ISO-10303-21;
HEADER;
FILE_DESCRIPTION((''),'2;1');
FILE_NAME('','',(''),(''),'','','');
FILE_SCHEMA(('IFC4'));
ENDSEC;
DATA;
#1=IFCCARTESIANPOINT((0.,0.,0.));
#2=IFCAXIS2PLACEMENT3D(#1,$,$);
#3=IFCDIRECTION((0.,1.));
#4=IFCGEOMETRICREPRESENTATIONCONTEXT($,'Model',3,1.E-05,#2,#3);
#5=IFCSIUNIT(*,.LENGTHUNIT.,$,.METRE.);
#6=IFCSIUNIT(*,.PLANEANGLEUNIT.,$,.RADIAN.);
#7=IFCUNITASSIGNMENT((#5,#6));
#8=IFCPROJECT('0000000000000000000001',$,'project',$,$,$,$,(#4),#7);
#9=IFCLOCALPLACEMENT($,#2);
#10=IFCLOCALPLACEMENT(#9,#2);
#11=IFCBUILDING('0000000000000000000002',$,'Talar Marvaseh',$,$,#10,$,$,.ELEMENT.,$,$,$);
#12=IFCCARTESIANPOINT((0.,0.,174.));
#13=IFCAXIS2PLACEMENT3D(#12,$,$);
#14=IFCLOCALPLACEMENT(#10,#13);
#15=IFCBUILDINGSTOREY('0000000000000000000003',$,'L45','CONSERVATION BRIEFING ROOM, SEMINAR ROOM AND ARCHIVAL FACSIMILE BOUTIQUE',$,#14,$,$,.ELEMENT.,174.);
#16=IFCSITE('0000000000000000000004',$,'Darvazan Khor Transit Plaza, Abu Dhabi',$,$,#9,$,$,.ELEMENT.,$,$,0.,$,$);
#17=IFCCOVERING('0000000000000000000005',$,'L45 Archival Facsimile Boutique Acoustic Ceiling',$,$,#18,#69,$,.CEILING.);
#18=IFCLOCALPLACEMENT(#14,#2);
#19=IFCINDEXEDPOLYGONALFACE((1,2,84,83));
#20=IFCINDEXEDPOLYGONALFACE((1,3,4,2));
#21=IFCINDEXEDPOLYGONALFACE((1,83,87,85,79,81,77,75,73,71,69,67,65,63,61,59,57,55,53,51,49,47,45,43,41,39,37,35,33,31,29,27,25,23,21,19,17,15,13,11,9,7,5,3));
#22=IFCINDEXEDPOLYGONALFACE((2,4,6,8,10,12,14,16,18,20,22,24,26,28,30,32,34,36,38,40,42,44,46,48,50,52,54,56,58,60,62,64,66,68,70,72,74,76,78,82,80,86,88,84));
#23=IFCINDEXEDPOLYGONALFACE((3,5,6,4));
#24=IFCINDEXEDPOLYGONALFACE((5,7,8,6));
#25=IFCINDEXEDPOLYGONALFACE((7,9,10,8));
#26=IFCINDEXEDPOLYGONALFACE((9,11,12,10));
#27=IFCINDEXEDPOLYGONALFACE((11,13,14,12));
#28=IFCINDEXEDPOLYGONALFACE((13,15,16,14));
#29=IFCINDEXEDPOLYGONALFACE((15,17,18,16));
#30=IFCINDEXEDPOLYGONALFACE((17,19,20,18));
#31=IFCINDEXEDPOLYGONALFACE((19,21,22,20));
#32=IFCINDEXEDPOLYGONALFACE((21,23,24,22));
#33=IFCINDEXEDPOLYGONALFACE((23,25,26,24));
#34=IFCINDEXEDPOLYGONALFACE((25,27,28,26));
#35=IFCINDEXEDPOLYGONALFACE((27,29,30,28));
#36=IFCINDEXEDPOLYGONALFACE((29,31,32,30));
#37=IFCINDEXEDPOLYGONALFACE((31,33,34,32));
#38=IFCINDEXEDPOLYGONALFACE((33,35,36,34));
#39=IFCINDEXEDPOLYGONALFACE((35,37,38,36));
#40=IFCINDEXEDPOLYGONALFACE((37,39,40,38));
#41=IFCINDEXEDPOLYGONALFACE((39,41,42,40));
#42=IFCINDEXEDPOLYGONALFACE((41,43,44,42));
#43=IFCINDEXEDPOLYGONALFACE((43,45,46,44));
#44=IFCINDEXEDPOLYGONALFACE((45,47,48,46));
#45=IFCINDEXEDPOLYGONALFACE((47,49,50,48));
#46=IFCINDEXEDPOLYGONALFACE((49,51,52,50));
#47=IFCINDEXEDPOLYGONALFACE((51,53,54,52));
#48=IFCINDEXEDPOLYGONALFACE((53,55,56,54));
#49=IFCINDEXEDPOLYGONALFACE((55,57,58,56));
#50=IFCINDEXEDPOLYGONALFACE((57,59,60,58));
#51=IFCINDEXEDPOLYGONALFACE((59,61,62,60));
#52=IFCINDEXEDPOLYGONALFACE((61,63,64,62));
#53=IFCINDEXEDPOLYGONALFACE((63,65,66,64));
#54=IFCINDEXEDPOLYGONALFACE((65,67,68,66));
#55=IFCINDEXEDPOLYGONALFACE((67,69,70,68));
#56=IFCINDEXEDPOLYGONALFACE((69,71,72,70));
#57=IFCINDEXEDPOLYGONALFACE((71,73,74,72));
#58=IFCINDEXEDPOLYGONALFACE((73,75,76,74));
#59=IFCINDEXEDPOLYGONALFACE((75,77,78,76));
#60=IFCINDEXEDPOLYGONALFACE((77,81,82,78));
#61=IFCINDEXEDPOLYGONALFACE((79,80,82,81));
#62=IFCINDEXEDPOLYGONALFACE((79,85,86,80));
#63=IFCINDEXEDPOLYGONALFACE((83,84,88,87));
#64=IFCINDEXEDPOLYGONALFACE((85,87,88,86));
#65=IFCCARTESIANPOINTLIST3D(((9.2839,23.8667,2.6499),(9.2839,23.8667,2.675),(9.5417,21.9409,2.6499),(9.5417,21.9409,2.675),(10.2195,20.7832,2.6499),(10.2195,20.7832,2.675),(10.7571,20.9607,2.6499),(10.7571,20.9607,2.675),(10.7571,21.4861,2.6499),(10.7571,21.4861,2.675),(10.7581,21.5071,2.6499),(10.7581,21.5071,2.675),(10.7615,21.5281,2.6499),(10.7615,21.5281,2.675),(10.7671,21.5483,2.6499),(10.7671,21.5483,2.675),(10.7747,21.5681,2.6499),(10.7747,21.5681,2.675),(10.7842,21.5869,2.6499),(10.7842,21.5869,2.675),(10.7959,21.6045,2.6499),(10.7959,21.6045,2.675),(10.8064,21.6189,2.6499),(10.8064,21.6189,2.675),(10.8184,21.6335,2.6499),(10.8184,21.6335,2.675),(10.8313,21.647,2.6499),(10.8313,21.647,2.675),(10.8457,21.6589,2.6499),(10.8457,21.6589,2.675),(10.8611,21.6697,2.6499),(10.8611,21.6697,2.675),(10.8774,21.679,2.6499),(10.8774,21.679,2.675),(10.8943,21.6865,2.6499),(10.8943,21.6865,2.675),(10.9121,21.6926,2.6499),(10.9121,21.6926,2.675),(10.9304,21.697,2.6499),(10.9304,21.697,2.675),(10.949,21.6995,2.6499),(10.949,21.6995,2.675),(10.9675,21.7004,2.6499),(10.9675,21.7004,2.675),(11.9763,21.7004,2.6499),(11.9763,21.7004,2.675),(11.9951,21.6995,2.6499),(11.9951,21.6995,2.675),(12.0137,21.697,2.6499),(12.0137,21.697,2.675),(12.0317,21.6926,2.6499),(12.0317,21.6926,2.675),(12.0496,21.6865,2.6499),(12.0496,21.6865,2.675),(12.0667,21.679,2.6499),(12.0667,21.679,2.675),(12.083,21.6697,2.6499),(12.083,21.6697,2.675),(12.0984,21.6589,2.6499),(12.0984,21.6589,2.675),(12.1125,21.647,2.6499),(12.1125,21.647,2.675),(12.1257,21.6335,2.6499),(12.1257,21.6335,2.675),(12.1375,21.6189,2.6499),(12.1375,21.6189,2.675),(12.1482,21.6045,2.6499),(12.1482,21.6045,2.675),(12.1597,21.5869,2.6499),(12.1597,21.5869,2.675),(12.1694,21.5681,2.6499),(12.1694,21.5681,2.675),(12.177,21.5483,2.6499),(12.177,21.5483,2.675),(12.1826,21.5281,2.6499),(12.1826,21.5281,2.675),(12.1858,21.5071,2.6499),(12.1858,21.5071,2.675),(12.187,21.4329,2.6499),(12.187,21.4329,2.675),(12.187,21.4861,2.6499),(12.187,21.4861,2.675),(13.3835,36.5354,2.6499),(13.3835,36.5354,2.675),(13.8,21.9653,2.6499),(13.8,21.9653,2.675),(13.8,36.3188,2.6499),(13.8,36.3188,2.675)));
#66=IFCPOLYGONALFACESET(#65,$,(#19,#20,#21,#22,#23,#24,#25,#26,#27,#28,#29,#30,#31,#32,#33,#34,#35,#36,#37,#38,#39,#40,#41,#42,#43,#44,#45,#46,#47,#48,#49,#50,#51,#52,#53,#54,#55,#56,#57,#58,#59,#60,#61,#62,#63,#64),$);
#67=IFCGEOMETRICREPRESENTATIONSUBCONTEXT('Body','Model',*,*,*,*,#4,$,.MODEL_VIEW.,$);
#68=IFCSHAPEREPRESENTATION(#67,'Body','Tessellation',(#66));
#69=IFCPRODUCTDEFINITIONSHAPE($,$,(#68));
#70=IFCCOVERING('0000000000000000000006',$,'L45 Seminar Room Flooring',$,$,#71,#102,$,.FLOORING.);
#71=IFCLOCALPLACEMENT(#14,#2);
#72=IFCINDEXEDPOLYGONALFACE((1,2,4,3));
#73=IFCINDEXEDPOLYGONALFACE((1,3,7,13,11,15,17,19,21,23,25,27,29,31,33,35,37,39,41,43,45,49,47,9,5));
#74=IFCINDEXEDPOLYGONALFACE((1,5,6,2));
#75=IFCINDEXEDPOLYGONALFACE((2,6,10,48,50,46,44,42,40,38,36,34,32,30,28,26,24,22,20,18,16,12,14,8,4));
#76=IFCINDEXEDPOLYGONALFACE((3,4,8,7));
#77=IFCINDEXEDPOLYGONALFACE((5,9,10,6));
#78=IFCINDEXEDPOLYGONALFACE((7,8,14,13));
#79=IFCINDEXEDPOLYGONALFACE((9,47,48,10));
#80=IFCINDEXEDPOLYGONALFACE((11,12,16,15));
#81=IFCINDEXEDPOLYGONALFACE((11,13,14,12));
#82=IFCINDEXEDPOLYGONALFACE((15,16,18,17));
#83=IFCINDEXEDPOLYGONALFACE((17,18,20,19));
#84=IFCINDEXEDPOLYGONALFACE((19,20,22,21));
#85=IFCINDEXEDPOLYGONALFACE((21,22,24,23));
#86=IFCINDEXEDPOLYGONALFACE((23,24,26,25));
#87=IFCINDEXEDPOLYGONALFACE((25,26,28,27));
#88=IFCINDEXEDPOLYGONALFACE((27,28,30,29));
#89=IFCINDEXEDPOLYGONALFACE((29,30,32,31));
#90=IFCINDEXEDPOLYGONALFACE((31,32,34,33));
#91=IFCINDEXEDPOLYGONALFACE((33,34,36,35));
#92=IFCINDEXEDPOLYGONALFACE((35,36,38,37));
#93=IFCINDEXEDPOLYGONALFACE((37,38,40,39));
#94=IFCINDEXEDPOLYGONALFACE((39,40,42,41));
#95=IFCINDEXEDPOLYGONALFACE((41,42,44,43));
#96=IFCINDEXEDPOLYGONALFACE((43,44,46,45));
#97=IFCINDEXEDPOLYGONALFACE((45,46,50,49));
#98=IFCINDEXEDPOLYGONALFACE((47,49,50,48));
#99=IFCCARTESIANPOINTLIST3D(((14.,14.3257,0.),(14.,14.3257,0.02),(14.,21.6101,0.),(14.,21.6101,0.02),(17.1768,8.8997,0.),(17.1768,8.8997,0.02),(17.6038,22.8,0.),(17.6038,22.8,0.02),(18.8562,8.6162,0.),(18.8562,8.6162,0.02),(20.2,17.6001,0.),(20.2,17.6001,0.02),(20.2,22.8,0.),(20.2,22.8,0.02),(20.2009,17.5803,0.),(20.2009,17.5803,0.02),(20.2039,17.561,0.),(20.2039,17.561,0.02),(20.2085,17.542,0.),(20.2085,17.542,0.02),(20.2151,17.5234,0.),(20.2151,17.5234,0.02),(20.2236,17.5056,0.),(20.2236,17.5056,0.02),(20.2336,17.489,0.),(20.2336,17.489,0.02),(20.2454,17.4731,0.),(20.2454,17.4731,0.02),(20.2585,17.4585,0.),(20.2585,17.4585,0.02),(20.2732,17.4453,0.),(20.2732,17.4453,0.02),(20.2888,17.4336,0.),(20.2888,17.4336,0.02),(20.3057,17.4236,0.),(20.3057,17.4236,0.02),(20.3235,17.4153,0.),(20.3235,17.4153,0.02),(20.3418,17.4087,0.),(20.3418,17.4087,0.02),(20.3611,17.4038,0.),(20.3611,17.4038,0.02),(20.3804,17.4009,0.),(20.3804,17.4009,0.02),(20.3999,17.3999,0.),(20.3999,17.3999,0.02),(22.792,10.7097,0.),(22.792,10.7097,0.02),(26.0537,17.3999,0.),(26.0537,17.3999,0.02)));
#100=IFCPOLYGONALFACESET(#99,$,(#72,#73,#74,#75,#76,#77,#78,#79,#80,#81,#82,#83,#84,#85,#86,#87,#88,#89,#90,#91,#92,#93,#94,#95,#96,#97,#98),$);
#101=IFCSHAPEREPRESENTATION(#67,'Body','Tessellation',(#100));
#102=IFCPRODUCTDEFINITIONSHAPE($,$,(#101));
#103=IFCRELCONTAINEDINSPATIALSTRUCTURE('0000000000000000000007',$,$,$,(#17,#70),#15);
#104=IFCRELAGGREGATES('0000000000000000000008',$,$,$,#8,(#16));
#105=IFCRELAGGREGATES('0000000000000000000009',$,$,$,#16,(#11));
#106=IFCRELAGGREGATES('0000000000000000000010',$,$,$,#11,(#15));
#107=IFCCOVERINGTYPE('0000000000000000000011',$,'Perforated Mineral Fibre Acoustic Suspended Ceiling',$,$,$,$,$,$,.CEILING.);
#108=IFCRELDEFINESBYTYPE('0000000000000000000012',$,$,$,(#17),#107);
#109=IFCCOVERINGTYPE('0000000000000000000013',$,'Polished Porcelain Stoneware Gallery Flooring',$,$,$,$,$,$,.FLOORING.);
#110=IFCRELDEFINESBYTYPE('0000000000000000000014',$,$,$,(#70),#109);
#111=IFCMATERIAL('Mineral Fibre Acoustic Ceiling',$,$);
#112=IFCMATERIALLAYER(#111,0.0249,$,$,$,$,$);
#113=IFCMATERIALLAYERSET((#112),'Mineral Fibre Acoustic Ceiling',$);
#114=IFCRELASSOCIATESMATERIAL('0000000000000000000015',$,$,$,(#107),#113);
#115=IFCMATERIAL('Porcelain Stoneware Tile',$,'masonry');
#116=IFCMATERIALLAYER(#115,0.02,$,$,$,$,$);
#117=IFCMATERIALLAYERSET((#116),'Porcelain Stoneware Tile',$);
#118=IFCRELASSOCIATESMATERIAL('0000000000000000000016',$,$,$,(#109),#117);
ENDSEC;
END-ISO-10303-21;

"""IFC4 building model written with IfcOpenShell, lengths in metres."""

from ifc_helpers import new_model, si_unit, direction, frame, origin, place, context, subcontext, project, spatial, polyline, outline, extrude, material, layer, layer_set, type_object, element, save


model = new_model("IFC4")

# Units and contexts
model_context = context("Model", 3, precision=1e-05, world=origin(), true_north=direction((0.0, 1.0)))
body_context = subcontext(model_context, "Body", "Model", "MODEL_VIEW")
ifc_project = project(units=[si_unit("LENGTHUNIT", "METRE"), si_unit("PLANEANGLEUNIT", "RADIAN")], contexts=[model_context])

# Site, building, storey
site_placement = place(None, origin())
site = spatial("IfcSite", under=ifc_project, at=site_placement, Name="Darvazan Khor Transit Plaza, Abu Dhabi", CompositionType="ELEMENT", RefElevation=0.0)
building_placement = place(site_placement, origin())
building = spatial("IfcBuilding", under=site, at=building_placement, Name="Talar Marvaseh", CompositionType="ELEMENT")
storey_placement = place(building_placement, frame((0.0, 0.0, 174.0)))
storey = spatial("IfcBuildingStorey", under=building, at=storey_placement, Name="L45", Description="CONSERVATION BRIEFING ROOM, SEMINAR ROOM AND ARCHIVAL FACSIMILE BOUTIQUE", CompositionType="ELEMENT", Elevation=174.0)

# Coverings
ifc_material_1 = material(Name="Mineral Fibre Acoustic Ceiling")
ifc_layer_1 = layer(ifc_material_1, 0.0249)
ifc_layer_set_1 = layer_set([ifc_layer_1], Name="Mineral Fibre Acoustic Ceiling")
covering_type_1 = type_object("IfcCoveringType", Name="Perforated Mineral Fibre Acoustic Suspended Ceiling", PredefinedType="CEILING", material=ifc_layer_set_1)
covering_1_placement = place(storey_placement, frame((0.0, 0.0, 2.6499)))
element("IfcCovering", 1, at=covering_1_placement, inside=storey, type_object=covering_type_1, Name="L45 Archival Facsimile Boutique Acoustic Ceiling", PredefinedType="CEILING", context=body_context, shape_type="SweptSolid", body=[
    extrude(outline(polyline([(13.8, 36.3188), (13.8, 21.9653), (12.187, 21.4329), (12.187, 21.4861), (12.1858, 21.5071), (12.1826, 21.5281), (12.177, 21.5483), (12.1694, 21.5681), (12.1597, 21.5869), (12.1482, 21.6045), (12.1375, 21.6189), (12.1257, 21.6335), (12.1125, 21.647), (12.0984, 21.6589), (12.083, 21.6697), (12.0667, 21.679), (12.0496, 21.6865), (12.0317, 21.6926), (12.0137, 21.697), (11.9951, 21.6995), (11.9763, 21.7004), (10.9675, 21.7004), (10.949, 21.6995), (10.9304, 21.697), (10.9121, 21.6926), (10.8943, 21.6865), (10.8774, 21.679), (10.8611, 21.6697), (10.8457, 21.6589), (10.8313, 21.647), (10.8184, 21.6335), (10.8064, 21.6189), (10.7959, 21.6045), (10.7842, 21.5869), (10.7747, 21.5681), (10.7671, 21.5483), (10.7615, 21.5281), (10.7581, 21.5071), (10.7571, 21.4861), (10.7571, 20.9607), (10.2195, 20.7832), (9.5417, 21.9409), (9.2839, 23.8667), (13.3835, 36.5354), (13.8, 36.3188)])), origin(), (0.0, 0.0, 1.0), 0.0251),
])
ifc_material_2 = material(Name="Porcelain Stoneware Tile", Category="masonry")
ifc_layer_2 = layer(ifc_material_2, 0.02)
ifc_layer_set_2 = layer_set([ifc_layer_2], Name="Porcelain Stoneware Tile")
covering_type_2 = type_object("IfcCoveringType", Name="Polished Porcelain Stoneware Gallery Flooring", PredefinedType="FLOORING", material=ifc_layer_set_2)
covering_2_placement = place(storey_placement, origin())
element("IfcCovering", 2, at=covering_2_placement, inside=storey, type_object=covering_type_2, Name="L45 Seminar Room Flooring", PredefinedType="FLOORING", context=body_context, shape_type="SweptSolid", body=[
    extrude(outline(polyline([(14.0, 21.6101), (17.6038, 22.8), (20.2, 22.8), (20.2, 17.6001), (20.2009, 17.5803), (20.2039, 17.561), (20.2085, 17.542), (20.2151, 17.5234), (20.2236, 17.5056), (20.2336, 17.489), (20.2454, 17.4731), (20.2585, 17.4585), (20.2732, 17.4453), (20.2888, 17.4336), (20.3057, 17.4236), (20.3235, 17.4153), (20.3418, 17.4087), (20.3611, 17.4038), (20.3804, 17.4009), (20.3999, 17.3999), (26.0537, 17.3999), (22.792, 10.7097), (18.8562, 8.6162), (17.1768, 8.8997), (14.0, 14.3257), (14.0, 21.6101)])), origin(), (0.0, 0.0, 1.0), 0.02),
])

save(model, "model.ifc")
